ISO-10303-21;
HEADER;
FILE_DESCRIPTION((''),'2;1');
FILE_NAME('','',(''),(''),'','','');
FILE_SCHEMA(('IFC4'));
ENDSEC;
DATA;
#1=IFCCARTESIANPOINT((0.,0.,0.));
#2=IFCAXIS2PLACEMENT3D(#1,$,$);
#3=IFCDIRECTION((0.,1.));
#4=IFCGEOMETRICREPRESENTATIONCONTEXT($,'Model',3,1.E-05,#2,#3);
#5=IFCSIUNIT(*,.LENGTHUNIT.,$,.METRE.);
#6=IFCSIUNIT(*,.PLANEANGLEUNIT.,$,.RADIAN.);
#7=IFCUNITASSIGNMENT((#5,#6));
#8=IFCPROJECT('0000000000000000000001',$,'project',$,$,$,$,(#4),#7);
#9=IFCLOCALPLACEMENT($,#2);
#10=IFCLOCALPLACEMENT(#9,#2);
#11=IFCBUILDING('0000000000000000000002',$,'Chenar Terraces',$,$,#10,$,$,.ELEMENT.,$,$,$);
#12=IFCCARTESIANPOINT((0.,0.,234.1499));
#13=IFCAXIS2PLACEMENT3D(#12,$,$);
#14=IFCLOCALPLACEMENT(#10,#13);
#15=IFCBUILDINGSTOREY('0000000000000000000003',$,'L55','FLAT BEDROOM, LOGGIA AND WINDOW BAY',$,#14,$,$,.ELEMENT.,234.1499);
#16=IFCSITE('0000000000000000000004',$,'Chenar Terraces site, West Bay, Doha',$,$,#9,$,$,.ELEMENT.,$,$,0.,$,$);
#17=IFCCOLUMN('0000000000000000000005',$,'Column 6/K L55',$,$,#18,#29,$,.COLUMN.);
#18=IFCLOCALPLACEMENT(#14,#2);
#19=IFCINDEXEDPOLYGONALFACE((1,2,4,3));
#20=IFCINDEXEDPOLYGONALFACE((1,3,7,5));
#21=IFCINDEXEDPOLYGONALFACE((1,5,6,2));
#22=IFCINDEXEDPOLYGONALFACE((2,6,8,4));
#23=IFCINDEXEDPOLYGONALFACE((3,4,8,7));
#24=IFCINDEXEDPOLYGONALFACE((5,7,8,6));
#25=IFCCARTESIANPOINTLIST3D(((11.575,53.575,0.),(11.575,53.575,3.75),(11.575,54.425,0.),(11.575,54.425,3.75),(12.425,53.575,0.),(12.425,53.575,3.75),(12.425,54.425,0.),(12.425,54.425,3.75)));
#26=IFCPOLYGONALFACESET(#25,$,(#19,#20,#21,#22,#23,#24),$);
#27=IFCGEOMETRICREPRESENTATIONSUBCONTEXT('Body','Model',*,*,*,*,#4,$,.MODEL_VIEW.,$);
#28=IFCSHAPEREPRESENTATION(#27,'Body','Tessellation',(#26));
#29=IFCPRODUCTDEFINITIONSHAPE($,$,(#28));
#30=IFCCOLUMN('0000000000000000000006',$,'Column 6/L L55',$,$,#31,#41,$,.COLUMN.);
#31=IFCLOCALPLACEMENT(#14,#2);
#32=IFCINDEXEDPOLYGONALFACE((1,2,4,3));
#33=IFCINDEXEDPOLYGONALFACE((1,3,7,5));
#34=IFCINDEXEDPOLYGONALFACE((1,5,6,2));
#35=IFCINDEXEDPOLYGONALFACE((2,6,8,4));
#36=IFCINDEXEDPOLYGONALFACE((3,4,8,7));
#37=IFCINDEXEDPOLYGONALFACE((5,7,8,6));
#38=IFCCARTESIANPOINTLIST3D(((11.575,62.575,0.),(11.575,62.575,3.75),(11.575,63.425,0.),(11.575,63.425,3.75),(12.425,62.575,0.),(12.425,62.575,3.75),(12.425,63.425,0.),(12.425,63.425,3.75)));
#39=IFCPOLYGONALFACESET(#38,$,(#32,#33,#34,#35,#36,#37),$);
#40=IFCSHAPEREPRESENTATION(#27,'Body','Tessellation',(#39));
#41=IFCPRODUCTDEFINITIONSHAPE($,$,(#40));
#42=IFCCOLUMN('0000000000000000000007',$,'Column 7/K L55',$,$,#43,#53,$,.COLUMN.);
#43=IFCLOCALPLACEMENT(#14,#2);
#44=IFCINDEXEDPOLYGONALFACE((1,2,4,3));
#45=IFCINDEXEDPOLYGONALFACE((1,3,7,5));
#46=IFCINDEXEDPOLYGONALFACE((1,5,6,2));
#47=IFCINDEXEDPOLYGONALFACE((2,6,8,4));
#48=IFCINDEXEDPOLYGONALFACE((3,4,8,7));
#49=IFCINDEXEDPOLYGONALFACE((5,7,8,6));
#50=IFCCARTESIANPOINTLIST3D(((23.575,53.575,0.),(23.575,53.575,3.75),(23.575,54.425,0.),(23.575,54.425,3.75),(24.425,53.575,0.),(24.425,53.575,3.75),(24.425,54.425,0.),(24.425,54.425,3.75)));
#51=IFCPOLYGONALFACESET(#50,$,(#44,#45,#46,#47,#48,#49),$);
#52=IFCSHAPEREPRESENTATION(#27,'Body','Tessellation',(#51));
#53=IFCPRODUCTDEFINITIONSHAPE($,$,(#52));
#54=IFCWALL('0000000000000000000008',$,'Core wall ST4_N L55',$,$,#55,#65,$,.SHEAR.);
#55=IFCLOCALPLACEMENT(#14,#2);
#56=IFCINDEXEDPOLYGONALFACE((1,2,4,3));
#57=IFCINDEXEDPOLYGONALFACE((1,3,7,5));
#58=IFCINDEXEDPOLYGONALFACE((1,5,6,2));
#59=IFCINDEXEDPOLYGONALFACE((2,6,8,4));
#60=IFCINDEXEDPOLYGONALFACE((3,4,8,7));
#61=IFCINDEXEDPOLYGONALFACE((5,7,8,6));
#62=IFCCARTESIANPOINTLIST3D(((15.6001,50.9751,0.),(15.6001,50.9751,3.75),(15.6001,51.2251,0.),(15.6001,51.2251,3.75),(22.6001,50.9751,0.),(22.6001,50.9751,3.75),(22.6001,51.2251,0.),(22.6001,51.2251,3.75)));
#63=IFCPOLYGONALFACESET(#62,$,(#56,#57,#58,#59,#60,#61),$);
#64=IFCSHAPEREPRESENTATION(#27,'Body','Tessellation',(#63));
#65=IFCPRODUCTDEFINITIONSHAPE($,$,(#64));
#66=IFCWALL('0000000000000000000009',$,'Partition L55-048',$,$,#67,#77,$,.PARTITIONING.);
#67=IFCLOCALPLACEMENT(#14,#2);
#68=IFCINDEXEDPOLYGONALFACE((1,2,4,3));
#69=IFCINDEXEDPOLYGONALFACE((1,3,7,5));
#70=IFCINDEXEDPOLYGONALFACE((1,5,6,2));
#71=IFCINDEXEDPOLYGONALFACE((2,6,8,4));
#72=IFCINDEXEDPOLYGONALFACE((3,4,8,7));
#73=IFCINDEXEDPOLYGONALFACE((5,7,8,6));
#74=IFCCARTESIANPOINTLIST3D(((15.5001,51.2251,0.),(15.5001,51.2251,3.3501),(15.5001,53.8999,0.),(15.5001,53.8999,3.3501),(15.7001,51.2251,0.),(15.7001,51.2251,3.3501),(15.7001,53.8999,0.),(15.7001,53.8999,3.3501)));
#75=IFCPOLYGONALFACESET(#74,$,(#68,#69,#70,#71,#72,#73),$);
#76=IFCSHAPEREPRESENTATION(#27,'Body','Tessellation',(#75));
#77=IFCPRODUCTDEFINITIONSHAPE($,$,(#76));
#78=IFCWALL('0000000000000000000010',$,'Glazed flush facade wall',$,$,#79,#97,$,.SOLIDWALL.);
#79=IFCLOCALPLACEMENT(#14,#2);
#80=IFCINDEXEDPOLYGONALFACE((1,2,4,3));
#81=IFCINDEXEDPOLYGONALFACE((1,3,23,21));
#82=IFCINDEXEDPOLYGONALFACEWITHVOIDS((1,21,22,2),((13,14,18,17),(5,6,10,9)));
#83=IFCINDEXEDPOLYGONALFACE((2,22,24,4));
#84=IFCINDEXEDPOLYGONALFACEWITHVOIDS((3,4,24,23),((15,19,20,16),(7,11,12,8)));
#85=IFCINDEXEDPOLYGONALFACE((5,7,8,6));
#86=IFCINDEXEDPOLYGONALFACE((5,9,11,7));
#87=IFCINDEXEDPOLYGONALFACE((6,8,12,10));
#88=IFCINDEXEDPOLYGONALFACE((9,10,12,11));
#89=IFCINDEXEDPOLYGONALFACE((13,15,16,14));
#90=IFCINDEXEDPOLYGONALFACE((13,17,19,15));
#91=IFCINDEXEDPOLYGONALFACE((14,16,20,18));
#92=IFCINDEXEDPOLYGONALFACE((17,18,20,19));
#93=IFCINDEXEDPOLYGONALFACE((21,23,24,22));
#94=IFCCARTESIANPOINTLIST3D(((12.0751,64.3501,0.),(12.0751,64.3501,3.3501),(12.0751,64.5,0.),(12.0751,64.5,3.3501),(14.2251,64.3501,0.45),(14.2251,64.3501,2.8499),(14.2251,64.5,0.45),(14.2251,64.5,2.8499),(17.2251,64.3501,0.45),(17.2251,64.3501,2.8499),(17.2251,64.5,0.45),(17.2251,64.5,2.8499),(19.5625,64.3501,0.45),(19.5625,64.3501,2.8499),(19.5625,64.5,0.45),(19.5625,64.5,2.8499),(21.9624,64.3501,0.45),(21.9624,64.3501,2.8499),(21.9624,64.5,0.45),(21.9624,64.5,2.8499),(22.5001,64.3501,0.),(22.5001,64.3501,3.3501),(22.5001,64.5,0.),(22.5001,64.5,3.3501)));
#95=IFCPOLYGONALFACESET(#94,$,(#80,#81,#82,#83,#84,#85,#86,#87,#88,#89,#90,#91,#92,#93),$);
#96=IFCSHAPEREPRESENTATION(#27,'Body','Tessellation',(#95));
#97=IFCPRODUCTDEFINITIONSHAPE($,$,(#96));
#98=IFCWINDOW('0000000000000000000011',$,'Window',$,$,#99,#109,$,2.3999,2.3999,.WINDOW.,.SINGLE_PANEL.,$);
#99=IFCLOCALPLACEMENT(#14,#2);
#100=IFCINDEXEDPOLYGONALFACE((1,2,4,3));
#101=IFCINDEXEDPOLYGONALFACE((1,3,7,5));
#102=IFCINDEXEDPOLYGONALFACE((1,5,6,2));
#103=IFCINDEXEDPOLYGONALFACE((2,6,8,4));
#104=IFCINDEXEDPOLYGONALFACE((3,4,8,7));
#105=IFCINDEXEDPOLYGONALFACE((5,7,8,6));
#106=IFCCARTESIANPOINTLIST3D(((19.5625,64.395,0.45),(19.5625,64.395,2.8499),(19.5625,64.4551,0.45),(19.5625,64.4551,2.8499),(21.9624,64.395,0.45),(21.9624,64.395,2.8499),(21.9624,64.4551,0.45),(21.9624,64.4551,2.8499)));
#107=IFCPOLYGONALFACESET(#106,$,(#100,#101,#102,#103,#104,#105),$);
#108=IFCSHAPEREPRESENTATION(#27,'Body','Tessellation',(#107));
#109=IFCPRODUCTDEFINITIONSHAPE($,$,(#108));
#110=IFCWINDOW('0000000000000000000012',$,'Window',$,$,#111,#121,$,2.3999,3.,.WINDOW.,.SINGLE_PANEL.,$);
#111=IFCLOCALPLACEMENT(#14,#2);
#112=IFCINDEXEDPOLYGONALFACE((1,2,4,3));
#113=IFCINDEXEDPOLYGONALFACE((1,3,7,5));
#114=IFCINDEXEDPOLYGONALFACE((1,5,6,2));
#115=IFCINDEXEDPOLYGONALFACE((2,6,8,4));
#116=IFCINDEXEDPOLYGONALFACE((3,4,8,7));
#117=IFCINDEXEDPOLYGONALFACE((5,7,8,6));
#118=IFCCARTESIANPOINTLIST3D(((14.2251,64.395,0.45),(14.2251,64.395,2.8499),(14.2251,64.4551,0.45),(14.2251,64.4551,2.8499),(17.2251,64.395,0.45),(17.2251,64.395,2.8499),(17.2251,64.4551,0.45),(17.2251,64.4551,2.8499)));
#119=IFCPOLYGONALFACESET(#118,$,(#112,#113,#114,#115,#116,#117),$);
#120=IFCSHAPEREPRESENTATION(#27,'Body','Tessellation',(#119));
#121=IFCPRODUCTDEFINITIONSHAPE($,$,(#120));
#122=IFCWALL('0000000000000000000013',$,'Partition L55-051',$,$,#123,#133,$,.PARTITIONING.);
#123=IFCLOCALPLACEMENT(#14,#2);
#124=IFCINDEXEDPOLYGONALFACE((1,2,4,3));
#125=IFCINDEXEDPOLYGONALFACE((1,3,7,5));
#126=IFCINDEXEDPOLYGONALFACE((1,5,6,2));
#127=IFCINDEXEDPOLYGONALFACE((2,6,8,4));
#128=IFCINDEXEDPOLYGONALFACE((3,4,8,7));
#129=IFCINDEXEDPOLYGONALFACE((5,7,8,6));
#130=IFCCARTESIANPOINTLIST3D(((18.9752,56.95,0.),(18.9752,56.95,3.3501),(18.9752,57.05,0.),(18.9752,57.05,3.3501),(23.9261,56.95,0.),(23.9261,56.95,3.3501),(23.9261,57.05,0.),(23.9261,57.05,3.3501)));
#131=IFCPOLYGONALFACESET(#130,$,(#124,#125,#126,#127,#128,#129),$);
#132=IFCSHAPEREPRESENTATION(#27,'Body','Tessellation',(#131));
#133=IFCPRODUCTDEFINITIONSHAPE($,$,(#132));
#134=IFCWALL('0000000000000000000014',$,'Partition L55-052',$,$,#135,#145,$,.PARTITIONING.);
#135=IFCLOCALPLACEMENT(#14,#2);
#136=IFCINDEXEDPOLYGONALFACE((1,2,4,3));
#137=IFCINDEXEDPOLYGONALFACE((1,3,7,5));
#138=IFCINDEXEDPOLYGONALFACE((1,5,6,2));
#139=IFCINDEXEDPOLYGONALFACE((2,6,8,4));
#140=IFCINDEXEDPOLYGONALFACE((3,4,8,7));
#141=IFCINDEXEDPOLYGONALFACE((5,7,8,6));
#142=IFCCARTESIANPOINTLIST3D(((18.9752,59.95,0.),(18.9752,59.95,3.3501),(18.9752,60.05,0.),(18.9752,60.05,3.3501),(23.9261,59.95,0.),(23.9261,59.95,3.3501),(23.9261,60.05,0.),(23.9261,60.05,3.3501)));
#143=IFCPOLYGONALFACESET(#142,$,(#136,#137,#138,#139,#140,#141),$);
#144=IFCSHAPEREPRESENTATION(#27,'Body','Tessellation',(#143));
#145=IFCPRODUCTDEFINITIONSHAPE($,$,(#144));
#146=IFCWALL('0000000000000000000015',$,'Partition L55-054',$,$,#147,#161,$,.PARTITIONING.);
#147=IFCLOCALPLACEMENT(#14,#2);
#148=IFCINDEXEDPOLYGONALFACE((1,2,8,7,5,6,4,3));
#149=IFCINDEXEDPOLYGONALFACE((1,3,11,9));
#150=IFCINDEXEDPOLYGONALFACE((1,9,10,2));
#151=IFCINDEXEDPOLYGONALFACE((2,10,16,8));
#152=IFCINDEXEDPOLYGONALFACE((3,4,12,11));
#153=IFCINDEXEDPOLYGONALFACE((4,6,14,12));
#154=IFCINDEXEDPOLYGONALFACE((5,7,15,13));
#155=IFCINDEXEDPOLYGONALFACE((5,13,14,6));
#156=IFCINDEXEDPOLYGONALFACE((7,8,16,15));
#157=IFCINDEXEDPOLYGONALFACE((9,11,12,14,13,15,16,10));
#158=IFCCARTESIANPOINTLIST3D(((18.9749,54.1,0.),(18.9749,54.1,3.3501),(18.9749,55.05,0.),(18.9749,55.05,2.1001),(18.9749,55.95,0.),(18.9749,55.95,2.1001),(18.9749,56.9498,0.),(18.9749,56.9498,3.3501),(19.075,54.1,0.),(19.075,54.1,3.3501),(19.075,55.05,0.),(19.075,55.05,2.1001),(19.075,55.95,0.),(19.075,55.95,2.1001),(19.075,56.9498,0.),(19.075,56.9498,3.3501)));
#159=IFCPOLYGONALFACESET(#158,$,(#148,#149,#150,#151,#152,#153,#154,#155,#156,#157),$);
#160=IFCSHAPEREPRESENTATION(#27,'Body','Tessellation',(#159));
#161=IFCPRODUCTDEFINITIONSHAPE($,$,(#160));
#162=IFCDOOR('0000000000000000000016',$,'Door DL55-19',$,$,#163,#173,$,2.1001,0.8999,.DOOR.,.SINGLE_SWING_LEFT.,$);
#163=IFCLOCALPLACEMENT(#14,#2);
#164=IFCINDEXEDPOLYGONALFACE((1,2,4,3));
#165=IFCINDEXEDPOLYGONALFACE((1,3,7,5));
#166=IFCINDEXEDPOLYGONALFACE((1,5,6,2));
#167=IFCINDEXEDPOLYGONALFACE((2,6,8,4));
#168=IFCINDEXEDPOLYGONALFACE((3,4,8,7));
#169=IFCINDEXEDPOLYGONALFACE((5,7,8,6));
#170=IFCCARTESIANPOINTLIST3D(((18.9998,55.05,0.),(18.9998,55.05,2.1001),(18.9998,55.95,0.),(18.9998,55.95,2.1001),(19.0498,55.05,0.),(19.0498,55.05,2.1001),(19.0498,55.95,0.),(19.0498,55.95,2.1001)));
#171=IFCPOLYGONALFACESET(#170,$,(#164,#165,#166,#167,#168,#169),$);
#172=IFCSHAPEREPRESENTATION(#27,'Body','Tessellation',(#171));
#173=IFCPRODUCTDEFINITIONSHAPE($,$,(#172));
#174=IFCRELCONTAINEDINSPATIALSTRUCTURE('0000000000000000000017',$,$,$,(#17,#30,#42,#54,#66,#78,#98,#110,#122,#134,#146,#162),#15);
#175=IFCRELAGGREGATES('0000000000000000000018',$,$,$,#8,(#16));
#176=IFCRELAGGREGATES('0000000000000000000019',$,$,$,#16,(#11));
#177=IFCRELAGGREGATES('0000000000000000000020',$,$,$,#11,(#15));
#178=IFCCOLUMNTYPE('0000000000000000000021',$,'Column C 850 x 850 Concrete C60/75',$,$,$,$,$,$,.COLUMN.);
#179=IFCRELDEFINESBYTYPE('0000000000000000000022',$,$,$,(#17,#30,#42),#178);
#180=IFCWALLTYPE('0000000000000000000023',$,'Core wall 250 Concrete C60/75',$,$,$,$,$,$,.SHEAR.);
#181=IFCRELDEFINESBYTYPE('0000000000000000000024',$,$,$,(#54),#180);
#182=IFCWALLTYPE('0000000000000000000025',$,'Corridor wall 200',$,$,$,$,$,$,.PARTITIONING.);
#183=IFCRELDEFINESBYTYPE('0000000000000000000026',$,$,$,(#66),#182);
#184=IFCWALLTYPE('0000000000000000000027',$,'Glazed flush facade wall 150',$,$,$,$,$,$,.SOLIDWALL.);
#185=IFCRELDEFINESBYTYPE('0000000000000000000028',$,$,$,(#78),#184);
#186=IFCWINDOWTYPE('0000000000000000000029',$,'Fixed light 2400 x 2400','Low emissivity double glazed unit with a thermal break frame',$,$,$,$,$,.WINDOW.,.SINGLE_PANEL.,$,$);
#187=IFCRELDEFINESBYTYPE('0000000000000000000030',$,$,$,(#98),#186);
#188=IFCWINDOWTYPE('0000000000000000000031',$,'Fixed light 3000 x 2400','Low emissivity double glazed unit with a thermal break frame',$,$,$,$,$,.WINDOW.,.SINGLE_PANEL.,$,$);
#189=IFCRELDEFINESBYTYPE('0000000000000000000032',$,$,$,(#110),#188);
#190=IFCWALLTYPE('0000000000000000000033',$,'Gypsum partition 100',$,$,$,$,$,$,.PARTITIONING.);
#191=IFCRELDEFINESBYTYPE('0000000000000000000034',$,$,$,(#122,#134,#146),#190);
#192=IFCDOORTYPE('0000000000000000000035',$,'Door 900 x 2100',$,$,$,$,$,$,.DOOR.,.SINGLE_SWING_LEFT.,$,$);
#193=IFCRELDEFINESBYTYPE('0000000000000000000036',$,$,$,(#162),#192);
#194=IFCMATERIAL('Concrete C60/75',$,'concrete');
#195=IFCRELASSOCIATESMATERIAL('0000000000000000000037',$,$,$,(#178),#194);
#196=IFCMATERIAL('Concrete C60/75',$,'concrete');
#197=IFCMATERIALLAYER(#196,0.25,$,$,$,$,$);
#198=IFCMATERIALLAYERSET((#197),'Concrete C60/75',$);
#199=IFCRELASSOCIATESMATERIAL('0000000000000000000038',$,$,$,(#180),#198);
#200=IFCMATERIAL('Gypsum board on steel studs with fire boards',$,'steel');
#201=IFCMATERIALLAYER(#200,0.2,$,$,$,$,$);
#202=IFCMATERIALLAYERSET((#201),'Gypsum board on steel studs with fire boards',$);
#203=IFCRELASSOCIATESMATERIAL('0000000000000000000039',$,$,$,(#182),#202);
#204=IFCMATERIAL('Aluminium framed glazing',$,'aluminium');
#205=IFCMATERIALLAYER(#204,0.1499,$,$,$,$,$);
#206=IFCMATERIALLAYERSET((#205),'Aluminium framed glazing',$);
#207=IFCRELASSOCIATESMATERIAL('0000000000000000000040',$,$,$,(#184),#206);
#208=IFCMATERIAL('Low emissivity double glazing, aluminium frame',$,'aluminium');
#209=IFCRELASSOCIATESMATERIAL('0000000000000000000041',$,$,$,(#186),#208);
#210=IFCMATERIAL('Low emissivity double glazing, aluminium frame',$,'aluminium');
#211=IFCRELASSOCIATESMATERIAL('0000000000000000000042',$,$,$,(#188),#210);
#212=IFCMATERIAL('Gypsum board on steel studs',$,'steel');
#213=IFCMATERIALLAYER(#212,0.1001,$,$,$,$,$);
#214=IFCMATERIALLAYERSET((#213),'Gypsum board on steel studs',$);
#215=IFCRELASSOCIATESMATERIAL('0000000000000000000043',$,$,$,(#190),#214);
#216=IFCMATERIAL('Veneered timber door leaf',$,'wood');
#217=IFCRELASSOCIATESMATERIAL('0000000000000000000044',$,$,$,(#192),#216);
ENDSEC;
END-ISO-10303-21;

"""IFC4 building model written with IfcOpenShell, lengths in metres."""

from ifc_helpers import new_model, si_unit, direction, frame, frame_2d, origin, origin_2d, place, context, subcontext, project, spatial, rectangle, extrude, material, layer, layer_set, material_profile, profile_set, type_object, element, fill, save


model = new_model("IFC4")

# Units and contexts
model_context = context("Model", 3, precision=1e-05, world=origin(), true_north=direction((0.0, 1.0)))
body_context = subcontext(model_context, "Body", "Model", "MODEL_VIEW")
ifc_project = project(units=[si_unit("LENGTHUNIT", "METRE"), si_unit("PLANEANGLEUNIT", "RADIAN")], contexts=[model_context])

# Site, building, storey
site_placement = place(None, origin())
site = spatial("IfcSite", under=ifc_project, at=site_placement, Name="Chenar Terraces site, West Bay, Doha", CompositionType="ELEMENT", RefElevation=0.0)
building_placement = place(site_placement, origin())
building = spatial("IfcBuilding", under=site, at=building_placement, Name="Chenar Terraces", CompositionType="ELEMENT")
storey_placement = place(building_placement, frame((0.0, 0.0, 234.1499)))
storey = spatial("IfcBuildingStorey", under=building, at=storey_placement, Name="L55", Description="FLAT BEDROOM, LOGGIA AND WINDOW BAY", CompositionType="ELEMENT", Elevation=234.1499)

# Columns
ifc_material_1 = material(Name="Concrete C60/75", Category="concrete")
ifc_material_profile_1 = material_profile(ifc_material_1, rectangle(XDim=0.8501, YDim=0.8501, at=origin_2d()), Name="C 850 x 850")
ifc_profile_set_1 = profile_set([ifc_material_profile_1], Name="Concrete C60/75")
column_type = type_object("IfcColumnType", Name="Column C 850 x 850 Concrete C60/75", PredefinedType="COLUMN", material=ifc_profile_set_1)
for number, where, z_axis, x_axis, name in (
    (1, (12.0, 54.0, 0.0), (0.0, 0.0, 1.0), (1.0, 0.0, 0.0), "Column 6/K L55"),
    (2, (12.0, 63.0, 0.0), (0.0, 0.0, 1.0), (1.0, 0.0, 0.0), "Column 6/L L55"),
    (3, (24.0, 54.0, 0.0), (0.0, 0.0, 1.0), (1.0, 0.0, 0.0), "Column 7/K L55"),
):
    element("IfcColumn", number, at=place(storey_placement, frame(where, z_axis=z_axis, x_axis=x_axis)), inside=storey, type_object=column_type, Name=name, PredefinedType="COLUMN", context=body_context, shape_type="SweptSolid", body=[
        extrude(rectangle(XDim=0.8501, YDim=0.8501, at=origin_2d()), origin(), (0.0, 0.0, 1.0), 3.75),
    ])

# Walls
ifc_material_2 = material(Name="Concrete C60/75", Category="concrete")
ifc_layer_1 = layer(ifc_material_2, 0.25)
ifc_layer_set_1 = layer_set([ifc_layer_1], Name="Concrete C60/75")
wall_type_1 = type_object("IfcWallType", Name="Core wall 250 Concrete C60/75", PredefinedType="SHEAR", material=ifc_layer_set_1)
wall_1_placement = place(storey_placement, frame((15.6001, 51.1001, 0.0), z_axis=(0.0, 0.0, 1.0), x_axis=(1.0, 0.0, 0.0)))
element("IfcWall", 4, at=wall_1_placement, inside=storey, type_object=wall_type_1, Name="Core wall ST4_N L55", PredefinedType="SHEAR", context=body_context, shape_type="SweptSolid", body=[
    extrude(rectangle(XDim=7.0, YDim=0.25, at=frame_2d((3.5, 0.0))), origin(), (0.0, 0.0, 1.0), 3.75),
])
ifc_material_3 = material(Name="Gypsum board on steel studs with fire boards", Category="steel")
ifc_layer_2 = layer(ifc_material_3, 0.2)
ifc_layer_set_2 = layer_set([ifc_layer_2], Name="Gypsum board on steel studs with fire boards")
wall_type_2 = type_object("IfcWallType", Name="Corridor wall 200", PredefinedType="PARTITIONING", material=ifc_layer_set_2)
wall_2_placement = place(storey_placement, frame((15.6001, 51.2251, 0.0), z_axis=(0.0, 0.0, 1.0), x_axis=(0.0, 1.0, 0.0)))
element("IfcWall", 5, at=wall_2_placement, inside=storey, type_object=wall_type_2, Name="Partition L55-048", PredefinedType="PARTITIONING", context=body_context, shape_type="SweptSolid", body=[
    extrude(rectangle(XDim=2.6748, YDim=0.2, at=frame_2d((1.3374, 0.0))), origin(), (0.0, 0.0, 1.0), 3.3501),
])

# Wall, openings, windows
ifc_material_4 = material(Name="Aluminium framed glazing", Category="aluminium")
ifc_layer_3 = layer(ifc_material_4, 0.1499)
ifc_layer_set_3 = layer_set([ifc_layer_3], Name="Aluminium framed glazing")
wall_type_3 = type_object("IfcWallType", Name="Glazed flush facade wall 150", PredefinedType="SOLIDWALL", material=ifc_layer_set_3)
wall_3_placement = place(storey_placement, frame((22.5, 64.425, 0.0), z_axis=(0.0, 0.0, 1.0), x_axis=(-1.0, 0.0, 0.0)))
wall_3 = element("IfcWall", 6, at=wall_3_placement, inside=storey, type_object=wall_type_3, Name="Glazed flush facade wall", PredefinedType="SOLIDWALL", context=body_context, shape_type="SweptSolid", body=[
    extrude(rectangle(XDim=10.425, YDim=0.1499, at=frame_2d((5.2124, 0.0))), origin(), (0.0, 0.0, 1.0), 3.3501),
])
opening_1_placement = place(wall_3_placement, frame((0.5376, 0.0, 0.45)))
opening_1 = element("IfcOpeningElement", 7, at=opening_1_placement, cuts=wall_3, PredefinedType="OPENING", context=body_context, shape_type="SweptSolid", body=[
    extrude(rectangle(XDim=2.3999, YDim=2.3999, at=frame_2d((1.2, 1.2))), frame((0.0, 0.085, 0.0), z_axis=(0.0, -1.0, 0.0), x_axis=(1.0, 0.0, 0.0)), (0.0, 0.0, 1.0), 0.1699),
])
opening_2_placement = place(wall_3_placement, frame((5.2749, 0.0, 0.45)))
opening_2 = element("IfcOpeningElement", 8, at=opening_2_placement, cuts=wall_3, PredefinedType="OPENING", context=body_context, shape_type="SweptSolid", body=[
    extrude(rectangle(XDim=3.0, YDim=2.3999, at=frame_2d((1.5, 1.2))), frame((0.0, 0.085, 0.0), z_axis=(0.0, -1.0, 0.0), x_axis=(1.0, 0.0, 0.0)), (0.0, 0.0, 1.0), 0.1699),
])
ifc_material_5 = material(Name="Low emissivity double glazing, aluminium frame", Category="aluminium")
window_type_1 = type_object("IfcWindowType", Name="Fixed light 2400 x 2400", Description="Low emissivity double glazed unit with a thermal break frame", PartitioningType="SINGLE_PANEL", PredefinedType="WINDOW", material=ifc_material_5)
window_1_placement = place(opening_1_placement, origin())
window_1 = element("IfcWindow", 9, at=window_1_placement, inside=storey, type_object=window_type_1, Name="Window", OverallHeight=2.3999, OverallWidth=2.3999, PartitioningType="SINGLE_PANEL", PredefinedType="WINDOW", context=body_context, shape_type="SweptSolid", body=[
    extrude(rectangle(XDim=2.3999, YDim=2.3999, at=frame_2d((1.2, 1.2))), frame((0.0, 0.03, 0.0), z_axis=(0.0, -1.0, 0.0), x_axis=(1.0, 0.0, 0.0)), (0.0, 0.0, 1.0), 0.0601),
])
fill(opening_1, window_1)
ifc_material_6 = material(Name="Low emissivity double glazing, aluminium frame", Category="aluminium")
window_type_2 = type_object("IfcWindowType", Name="Fixed light 3000 x 2400", Description="Low emissivity double glazed unit with a thermal break frame", PartitioningType="SINGLE_PANEL", PredefinedType="WINDOW", material=ifc_material_6)
window_2_placement = place(opening_2_placement, origin())
window_2 = element("IfcWindow", 10, at=window_2_placement, inside=storey, type_object=window_type_2, Name="Window", OverallHeight=2.3999, OverallWidth=3.0, PartitioningType="SINGLE_PANEL", PredefinedType="WINDOW", context=body_context, shape_type="SweptSolid", body=[
    extrude(rectangle(XDim=3.0, YDim=2.3999, at=frame_2d((1.5, 1.2))), frame((0.0, 0.03, 0.0), z_axis=(0.0, -1.0, 0.0), x_axis=(1.0, 0.0, 0.0)), (0.0, 0.0, 1.0), 0.0601),
])
fill(opening_2, window_2)

# Walls
ifc_material_7 = material(Name="Gypsum board on steel studs", Category="steel")
ifc_layer_4 = layer(ifc_material_7, 0.1001)
ifc_layer_set_4 = layer_set([ifc_layer_4], Name="Gypsum board on steel studs")
wall_type_4 = type_object("IfcWallType", Name="Gypsum partition 100", PredefinedType="PARTITIONING", material=ifc_layer_set_4)
for number, where, z_axis, x_axis, name in (
    (11, (18.9751, 57.0, 0.0), (0.0, 0.0, 1.0), (1.0, 0.0, 0.0), "Partition L55-051"),
    (12, (18.9751, 60.0, 0.0), (0.0, 0.0, 1.0), (1.0, 0.0, 0.0), "Partition L55-052"),
):
    element("IfcWall", number, at=place(storey_placement, frame(where, z_axis=z_axis, x_axis=x_axis)), inside=storey, type_object=wall_type_4, Name=name, PredefinedType="PARTITIONING", context=body_context, shape_type="SweptSolid", body=[
        extrude(rectangle(XDim=4.9509, YDim=0.1001, at=frame_2d((2.4756, 0.0))), origin(), (0.0, 0.0, 1.0), 3.3501),
    ])

# Wall, opening, door
wall_4_placement = place(storey_placement, frame((19.0249, 54.1001, 0.0), z_axis=(0.0, 0.0, 1.0), x_axis=(0.0, 1.0, 0.0)))
wall_4 = element("IfcWall", 13, at=wall_4_placement, inside=storey, type_object=wall_type_4, Name="Partition L55-054", PredefinedType="PARTITIONING", context=body_context, shape_type="SweptSolid", body=[
    extrude(rectangle(XDim=2.8499, YDim=0.1001, at=frame_2d((1.4248, 0.0))), origin(), (0.0, 0.0, 1.0), 3.3501),
])
opening_3_placement = place(wall_4_placement, frame((0.95, 0.0, 0.0)))
opening_3 = element("IfcOpeningElement", 14, at=opening_3_placement, cuts=wall_4, PredefinedType="OPENING", context=body_context, shape_type="SweptSolid", body=[
    extrude(rectangle(XDim=0.8999, YDim=2.1001, at=frame_2d((0.45, 1.05))), frame((0.0, 0.0601, 0.0), z_axis=(0.0, -1.0, 0.0), x_axis=(1.0, 0.0, 0.0)), (0.0, 0.0, 1.0), 0.1201),
])
ifc_material_8 = material(Name="Veneered timber door leaf", Category="wood")
door_type_1 = type_object("IfcDoorType", Name="Door 900 x 2100", OperationType="SINGLE_SWING_LEFT", PredefinedType="DOOR", material=ifc_material_8)
door_1_placement = place(opening_3_placement, frame((0.8999, 0.0, 0.0), z_axis=(0.0, 0.0, 1.0), x_axis=(-1.0, 0.0, 0.0)))
door_1 = element("IfcDoor", 15, at=door_1_placement, inside=storey, type_object=door_type_1, Name="Door DL55-19", OperationType="SINGLE_SWING_LEFT", OverallHeight=2.1001, OverallWidth=0.8999, PredefinedType="DOOR", context=body_context, shape_type="SweptSolid", body=[
    extrude(rectangle(XDim=0.8999, YDim=2.1001, at=frame_2d((0.45, 1.05))), frame((0.0, 0.0249, 0.0), z_axis=(0.0, -1.0, 0.0), x_axis=(1.0, 0.0, 0.0)), (0.0, 0.0, 1.0), 0.05),
])
fill(opening_3, door_1)

save(model, "model.ifc")
